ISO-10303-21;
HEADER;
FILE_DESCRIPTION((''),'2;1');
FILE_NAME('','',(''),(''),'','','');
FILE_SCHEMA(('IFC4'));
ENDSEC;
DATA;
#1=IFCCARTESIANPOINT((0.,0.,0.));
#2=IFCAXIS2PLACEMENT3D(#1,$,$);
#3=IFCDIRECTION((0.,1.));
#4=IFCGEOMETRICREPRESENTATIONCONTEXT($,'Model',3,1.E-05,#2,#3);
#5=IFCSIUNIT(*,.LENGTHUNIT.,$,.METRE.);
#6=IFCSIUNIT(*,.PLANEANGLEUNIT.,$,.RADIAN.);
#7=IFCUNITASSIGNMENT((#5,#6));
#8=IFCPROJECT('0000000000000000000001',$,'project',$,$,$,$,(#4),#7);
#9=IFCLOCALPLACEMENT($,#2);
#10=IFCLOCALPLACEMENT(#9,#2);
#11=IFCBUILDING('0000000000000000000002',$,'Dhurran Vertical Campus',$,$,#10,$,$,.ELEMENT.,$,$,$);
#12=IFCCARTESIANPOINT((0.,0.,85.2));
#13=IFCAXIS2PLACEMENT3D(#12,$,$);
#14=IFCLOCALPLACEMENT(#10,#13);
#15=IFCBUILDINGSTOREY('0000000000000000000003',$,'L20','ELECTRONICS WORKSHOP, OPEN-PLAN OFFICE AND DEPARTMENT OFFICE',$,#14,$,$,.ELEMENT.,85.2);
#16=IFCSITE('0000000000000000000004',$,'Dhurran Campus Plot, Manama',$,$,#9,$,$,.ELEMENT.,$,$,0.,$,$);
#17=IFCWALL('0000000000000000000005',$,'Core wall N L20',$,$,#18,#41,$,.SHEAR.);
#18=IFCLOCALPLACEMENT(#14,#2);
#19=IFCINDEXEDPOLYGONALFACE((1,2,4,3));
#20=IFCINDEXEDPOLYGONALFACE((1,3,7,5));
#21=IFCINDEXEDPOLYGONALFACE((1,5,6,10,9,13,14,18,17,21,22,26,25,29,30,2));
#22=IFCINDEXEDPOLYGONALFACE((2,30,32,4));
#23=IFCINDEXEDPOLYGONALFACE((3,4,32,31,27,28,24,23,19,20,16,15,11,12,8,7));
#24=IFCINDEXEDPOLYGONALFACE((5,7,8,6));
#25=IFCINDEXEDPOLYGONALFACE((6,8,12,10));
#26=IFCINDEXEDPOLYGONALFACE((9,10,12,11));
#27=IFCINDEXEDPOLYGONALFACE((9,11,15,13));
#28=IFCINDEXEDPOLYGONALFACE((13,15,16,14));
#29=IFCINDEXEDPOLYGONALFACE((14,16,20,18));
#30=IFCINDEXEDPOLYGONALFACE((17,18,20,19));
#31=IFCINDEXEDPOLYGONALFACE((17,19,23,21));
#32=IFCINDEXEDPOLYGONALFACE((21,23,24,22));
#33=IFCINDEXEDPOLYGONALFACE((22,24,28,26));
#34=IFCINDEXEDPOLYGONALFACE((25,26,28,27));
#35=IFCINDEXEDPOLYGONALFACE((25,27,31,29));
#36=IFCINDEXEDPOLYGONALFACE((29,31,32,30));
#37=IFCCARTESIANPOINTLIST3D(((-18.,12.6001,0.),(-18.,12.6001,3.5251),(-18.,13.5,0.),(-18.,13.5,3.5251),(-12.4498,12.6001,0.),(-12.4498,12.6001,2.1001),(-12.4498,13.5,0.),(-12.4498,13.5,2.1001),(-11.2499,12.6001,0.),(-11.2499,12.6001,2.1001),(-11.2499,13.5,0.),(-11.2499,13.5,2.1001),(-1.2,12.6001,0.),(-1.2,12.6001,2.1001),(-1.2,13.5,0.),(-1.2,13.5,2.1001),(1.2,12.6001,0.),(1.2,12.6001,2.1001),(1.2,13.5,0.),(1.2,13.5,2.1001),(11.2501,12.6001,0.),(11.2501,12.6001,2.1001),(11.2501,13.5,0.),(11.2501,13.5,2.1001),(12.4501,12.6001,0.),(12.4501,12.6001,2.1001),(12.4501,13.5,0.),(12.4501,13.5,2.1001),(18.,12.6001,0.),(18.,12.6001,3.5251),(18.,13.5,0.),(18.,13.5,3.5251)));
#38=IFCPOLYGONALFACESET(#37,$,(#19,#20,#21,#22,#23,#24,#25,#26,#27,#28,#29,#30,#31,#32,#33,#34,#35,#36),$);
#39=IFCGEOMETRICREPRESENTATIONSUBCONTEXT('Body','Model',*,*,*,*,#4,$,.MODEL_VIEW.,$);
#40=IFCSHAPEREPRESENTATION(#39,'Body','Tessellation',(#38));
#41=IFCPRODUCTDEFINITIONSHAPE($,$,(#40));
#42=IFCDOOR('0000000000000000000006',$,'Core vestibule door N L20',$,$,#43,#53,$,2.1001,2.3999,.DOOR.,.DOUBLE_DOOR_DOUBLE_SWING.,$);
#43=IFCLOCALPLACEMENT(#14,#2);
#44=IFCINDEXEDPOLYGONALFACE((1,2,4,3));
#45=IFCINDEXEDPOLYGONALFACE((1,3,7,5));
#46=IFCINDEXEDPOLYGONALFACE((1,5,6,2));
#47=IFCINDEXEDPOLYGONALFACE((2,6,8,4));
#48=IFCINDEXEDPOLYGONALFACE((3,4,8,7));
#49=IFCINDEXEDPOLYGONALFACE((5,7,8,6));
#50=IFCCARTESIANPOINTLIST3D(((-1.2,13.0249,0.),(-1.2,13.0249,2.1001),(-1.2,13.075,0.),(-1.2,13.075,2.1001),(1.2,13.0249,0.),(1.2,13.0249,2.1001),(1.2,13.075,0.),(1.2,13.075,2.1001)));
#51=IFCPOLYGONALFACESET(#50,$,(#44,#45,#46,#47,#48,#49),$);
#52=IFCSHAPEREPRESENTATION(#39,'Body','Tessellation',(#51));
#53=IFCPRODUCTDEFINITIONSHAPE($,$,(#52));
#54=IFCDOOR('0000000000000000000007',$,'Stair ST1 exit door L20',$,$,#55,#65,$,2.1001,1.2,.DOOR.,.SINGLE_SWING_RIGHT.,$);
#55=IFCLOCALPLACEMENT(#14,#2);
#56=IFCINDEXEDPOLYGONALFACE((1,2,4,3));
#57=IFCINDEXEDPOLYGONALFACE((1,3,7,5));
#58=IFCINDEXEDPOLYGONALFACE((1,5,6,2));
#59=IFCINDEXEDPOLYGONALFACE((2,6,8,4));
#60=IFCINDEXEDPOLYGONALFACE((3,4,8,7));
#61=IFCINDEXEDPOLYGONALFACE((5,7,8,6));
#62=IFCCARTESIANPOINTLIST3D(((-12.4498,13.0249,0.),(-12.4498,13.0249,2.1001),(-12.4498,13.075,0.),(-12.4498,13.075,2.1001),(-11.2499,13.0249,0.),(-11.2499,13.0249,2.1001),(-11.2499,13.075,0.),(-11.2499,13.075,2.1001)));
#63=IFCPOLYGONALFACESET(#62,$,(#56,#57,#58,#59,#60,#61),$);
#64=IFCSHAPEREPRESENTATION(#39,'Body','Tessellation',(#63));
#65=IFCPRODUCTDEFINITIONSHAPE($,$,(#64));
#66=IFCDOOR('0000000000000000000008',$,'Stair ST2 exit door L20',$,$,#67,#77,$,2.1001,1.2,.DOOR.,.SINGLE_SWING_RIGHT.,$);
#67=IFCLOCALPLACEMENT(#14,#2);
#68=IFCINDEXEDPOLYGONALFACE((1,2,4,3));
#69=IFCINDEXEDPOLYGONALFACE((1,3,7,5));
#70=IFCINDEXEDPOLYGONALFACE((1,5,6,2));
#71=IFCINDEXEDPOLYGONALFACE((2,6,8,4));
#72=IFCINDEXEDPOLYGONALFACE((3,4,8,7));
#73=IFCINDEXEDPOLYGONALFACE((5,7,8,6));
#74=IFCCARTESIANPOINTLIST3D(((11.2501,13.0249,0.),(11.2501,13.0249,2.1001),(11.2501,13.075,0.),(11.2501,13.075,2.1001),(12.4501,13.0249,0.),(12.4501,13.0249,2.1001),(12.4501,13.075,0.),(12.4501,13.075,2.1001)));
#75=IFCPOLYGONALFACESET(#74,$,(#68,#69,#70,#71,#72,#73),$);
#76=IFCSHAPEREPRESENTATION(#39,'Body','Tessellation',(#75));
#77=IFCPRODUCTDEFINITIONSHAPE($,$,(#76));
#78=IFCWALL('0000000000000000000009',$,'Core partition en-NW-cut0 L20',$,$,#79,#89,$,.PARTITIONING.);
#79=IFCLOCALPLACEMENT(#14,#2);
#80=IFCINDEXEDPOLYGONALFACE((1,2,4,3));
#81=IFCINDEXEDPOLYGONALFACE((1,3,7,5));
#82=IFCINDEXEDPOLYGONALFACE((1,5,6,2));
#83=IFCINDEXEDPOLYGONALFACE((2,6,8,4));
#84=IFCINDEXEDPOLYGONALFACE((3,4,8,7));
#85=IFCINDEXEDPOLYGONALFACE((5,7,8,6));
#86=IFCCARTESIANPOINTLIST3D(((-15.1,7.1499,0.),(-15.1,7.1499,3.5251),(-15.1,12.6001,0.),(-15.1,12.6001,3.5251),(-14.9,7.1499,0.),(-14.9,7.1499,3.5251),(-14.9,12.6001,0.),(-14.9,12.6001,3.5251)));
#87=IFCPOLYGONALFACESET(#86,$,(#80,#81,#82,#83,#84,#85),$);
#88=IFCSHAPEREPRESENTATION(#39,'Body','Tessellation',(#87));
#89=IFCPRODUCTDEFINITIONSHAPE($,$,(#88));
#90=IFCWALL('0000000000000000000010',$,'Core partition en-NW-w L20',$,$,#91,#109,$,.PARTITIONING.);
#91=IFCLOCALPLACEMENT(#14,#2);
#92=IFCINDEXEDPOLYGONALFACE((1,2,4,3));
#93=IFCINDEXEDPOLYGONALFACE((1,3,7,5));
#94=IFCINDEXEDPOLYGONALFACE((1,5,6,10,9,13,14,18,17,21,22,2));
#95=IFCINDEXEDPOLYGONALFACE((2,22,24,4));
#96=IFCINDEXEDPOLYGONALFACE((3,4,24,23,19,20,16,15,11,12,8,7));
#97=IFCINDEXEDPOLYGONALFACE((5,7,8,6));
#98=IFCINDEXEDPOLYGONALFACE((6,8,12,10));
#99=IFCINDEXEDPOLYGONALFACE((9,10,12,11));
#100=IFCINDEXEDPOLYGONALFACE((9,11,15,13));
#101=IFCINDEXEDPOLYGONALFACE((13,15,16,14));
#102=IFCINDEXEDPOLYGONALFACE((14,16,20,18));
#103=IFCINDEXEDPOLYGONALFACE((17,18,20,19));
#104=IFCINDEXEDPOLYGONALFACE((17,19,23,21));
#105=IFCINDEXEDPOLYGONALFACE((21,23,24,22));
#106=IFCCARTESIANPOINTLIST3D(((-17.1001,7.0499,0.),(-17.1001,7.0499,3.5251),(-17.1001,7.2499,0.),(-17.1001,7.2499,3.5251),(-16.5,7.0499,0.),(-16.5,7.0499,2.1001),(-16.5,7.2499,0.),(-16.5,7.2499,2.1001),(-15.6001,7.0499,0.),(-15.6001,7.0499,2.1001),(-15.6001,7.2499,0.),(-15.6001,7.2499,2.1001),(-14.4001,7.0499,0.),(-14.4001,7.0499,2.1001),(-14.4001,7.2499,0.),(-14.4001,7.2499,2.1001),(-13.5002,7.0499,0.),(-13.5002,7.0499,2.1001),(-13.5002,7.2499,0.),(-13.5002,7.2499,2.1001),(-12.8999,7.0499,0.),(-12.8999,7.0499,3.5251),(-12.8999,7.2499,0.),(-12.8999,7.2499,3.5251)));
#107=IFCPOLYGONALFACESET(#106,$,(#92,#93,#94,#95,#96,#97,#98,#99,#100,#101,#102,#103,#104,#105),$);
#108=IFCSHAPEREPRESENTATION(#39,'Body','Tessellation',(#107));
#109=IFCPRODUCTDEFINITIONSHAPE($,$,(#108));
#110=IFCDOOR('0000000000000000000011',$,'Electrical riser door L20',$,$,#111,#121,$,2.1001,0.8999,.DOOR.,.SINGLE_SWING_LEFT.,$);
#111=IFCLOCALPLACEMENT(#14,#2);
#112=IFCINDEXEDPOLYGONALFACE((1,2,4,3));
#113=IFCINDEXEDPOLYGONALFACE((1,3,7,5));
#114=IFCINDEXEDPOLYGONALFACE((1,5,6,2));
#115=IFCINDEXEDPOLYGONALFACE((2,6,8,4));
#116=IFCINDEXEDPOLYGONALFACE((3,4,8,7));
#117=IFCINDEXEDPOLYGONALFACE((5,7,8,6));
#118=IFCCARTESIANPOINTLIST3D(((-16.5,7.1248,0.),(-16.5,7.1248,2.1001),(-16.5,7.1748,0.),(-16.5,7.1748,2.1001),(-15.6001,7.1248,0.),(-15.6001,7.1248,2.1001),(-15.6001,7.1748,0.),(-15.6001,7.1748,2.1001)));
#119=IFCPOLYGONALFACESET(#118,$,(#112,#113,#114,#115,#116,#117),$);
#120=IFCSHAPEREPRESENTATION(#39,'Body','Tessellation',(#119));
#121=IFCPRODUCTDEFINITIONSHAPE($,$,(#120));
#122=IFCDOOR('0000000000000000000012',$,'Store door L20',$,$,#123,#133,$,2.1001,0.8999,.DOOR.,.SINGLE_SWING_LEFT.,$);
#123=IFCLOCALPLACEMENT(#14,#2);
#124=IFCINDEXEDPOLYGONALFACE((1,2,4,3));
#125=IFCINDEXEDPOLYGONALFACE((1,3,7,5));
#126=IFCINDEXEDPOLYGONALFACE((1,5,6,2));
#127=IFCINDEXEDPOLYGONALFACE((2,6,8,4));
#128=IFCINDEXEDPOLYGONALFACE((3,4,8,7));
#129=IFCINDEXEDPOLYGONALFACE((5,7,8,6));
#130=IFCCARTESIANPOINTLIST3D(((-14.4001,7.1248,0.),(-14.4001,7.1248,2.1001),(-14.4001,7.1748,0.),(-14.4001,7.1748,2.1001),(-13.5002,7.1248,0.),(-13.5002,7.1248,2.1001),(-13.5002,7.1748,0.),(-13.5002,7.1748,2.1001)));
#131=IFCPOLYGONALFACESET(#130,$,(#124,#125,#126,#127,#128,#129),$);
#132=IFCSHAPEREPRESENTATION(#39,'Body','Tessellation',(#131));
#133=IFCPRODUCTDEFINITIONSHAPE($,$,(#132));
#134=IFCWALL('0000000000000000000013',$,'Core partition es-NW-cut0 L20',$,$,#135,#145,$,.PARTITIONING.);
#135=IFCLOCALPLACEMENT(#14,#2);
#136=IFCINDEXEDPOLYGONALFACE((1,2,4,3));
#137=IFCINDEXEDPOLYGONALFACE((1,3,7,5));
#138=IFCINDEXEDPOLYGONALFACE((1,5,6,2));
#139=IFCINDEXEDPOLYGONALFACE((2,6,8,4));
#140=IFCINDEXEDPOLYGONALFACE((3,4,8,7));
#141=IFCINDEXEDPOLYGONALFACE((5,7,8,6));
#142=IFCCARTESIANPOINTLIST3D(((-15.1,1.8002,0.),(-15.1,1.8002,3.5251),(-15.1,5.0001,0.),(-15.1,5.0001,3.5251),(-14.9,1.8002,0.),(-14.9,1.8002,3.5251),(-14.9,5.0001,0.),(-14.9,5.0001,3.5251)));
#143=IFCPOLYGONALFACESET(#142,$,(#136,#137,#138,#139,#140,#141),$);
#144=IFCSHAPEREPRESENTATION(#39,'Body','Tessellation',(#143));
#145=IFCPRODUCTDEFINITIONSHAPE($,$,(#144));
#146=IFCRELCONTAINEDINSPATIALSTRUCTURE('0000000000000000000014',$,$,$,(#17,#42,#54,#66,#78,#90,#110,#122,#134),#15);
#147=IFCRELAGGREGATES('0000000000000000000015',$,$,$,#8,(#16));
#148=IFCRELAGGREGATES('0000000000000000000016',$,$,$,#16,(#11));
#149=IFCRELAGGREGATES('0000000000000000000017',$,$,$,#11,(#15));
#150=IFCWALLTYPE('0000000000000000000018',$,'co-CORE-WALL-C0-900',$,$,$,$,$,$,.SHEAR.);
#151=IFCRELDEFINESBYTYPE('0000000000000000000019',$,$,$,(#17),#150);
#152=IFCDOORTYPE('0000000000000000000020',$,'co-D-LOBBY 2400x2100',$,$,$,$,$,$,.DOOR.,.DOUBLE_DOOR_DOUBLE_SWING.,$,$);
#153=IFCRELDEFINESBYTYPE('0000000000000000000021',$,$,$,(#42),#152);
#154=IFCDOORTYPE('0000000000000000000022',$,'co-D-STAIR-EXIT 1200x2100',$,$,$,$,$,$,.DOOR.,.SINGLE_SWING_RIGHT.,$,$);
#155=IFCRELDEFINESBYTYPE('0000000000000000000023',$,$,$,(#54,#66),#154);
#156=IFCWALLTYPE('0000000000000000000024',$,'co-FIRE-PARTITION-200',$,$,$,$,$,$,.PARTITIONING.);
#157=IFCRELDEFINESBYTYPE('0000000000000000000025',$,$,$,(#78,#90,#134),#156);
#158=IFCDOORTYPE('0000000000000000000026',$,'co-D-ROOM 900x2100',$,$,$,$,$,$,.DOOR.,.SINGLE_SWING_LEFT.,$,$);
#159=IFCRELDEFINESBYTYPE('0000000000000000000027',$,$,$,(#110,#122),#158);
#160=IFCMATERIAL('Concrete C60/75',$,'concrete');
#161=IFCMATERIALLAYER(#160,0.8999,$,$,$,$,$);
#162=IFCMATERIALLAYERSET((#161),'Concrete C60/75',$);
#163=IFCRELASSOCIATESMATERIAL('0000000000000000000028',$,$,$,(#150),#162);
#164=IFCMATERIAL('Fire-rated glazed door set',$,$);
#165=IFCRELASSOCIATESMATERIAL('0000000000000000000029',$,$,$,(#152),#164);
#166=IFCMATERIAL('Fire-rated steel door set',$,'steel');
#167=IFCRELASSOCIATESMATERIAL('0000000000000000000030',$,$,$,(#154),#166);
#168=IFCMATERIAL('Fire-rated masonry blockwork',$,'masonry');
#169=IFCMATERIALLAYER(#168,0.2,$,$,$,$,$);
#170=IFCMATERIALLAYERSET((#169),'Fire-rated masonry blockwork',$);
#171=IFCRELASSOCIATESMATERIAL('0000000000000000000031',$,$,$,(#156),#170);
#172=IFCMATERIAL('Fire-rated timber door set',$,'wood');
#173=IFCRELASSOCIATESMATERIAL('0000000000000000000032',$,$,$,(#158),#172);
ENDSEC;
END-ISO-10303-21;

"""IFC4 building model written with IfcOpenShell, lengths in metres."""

from ifc_helpers import new_model, si_unit, direction, frame, frame_2d, origin, place, context, subcontext, project, spatial, rectangle, extrude, material, layer, layer_set, type_object, element, fill, save


model = new_model("IFC4")

# Units and contexts
model_context = context("Model", 3, precision=1e-05, world=origin(), true_north=direction((0.0, 1.0)))
body_context = subcontext(model_context, "Body", "Model", "MODEL_VIEW")
ifc_project = project(units=[si_unit("LENGTHUNIT", "METRE"), si_unit("PLANEANGLEUNIT", "RADIAN")], contexts=[model_context])

# Site, building, storey
site_placement = place(None, origin())
site = spatial("IfcSite", under=ifc_project, at=site_placement, Name="Dhurran Campus Plot, Manama", CompositionType="ELEMENT", RefElevation=0.0)
building_placement = place(site_placement, origin())
building = spatial("IfcBuilding", under=site, at=building_placement, Name="Dhurran Vertical Campus", CompositionType="ELEMENT")
storey_placement = place(building_placement, frame((0.0, 0.0, 85.2)))
storey = spatial("IfcBuildingStorey", under=building, at=storey_placement, Name="L20", Description="ELECTRONICS WORKSHOP, OPEN-PLAN OFFICE AND DEPARTMENT OFFICE", CompositionType="ELEMENT", Elevation=85.2)

# Wall, openings, doors
ifc_material_1 = material(Name="Concrete C60/75", Category="concrete")
ifc_layer_1 = layer(ifc_material_1, 0.8999)
ifc_layer_set_1 = layer_set([ifc_layer_1], Name="Concrete C60/75")
wall_type_1 = type_object("IfcWallType", Name="co-CORE-WALL-C0-900", PredefinedType="SHEAR", material=ifc_layer_set_1)
wall_1_placement = place(storey_placement, frame((-18.0, 13.05, 0.0), z_axis=(0.0, 0.0, 1.0), x_axis=(1.0, 0.0, 0.0)))
wall_1 = element("IfcWall", 1, at=wall_1_placement, inside=storey, type_object=wall_type_1, Name="Core wall N L20", PredefinedType="SHEAR", context=body_context, shape_type="SweptSolid", body=[
    extrude(rectangle(XDim=36.0, YDim=0.8999, at=frame_2d((18.0, 0.0))), origin(), (0.0, 0.0, 1.0), 3.5251),
])
opening_1_placement = place(wall_1_placement, frame((16.8, 0.0, 0.0)))
opening_1 = element("IfcOpeningElement", 2, at=opening_1_placement, cuts=wall_1, PredefinedType="OPENING", context=body_context, shape_type="SweptSolid", body=[
    extrude(rectangle(XDim=2.3999, YDim=2.1001, at=frame_2d((1.2, 1.05))), frame((0.0, 0.46, 0.0), z_axis=(0.0, -1.0, 0.0), x_axis=(1.0, 0.0, 0.0)), (0.0, 0.0, 1.0), 0.9199),
])
opening_2_placement = place(wall_1_placement, frame((5.55, 0.0, 0.0)))
opening_2 = element("IfcOpeningElement", 3, at=opening_2_placement, cuts=wall_1, PredefinedType="OPENING", context=body_context, shape_type="SweptSolid", body=[
    extrude(rectangle(XDim=1.2, YDim=2.1001, at=frame_2d((0.6001, 1.05))), frame((0.0, 0.46, 0.0), z_axis=(0.0, -1.0, 0.0), x_axis=(1.0, 0.0, 0.0)), (0.0, 0.0, 1.0), 0.9199),
])
opening_3_placement = place(wall_1_placement, frame((29.25, 0.0, 0.0)))
opening_3 = element("IfcOpeningElement", 4, at=opening_3_placement, cuts=wall_1, PredefinedType="OPENING", context=body_context, shape_type="SweptSolid", body=[
    extrude(rectangle(XDim=1.2, YDim=2.1001, at=frame_2d((0.6001, 1.05))), frame((0.0, 0.46, 0.0), z_axis=(0.0, -1.0, 0.0), x_axis=(1.0, 0.0, 0.0)), (0.0, 0.0, 1.0), 0.9199),
])
ifc_material_2 = material(Name="Fire-rated glazed door set")
door_type_1 = type_object("IfcDoorType", Name="co-D-LOBBY 2400x2100", OperationType="DOUBLE_DOOR_DOUBLE_SWING", PredefinedType="DOOR", material=ifc_material_2)
door_1_placement = place(opening_1_placement, origin())
door_1 = element("IfcDoor", 5, at=door_1_placement, inside=storey, type_object=door_type_1, Name="Core vestibule door N L20", OperationType="DOUBLE_DOOR_DOUBLE_SWING", OverallHeight=2.1001, OverallWidth=2.3999, PredefinedType="DOOR", context=body_context, shape_type="SweptSolid", body=[
    extrude(rectangle(XDim=2.3999, YDim=2.1001, at=frame_2d((1.2, 1.05))), frame((0.0, 0.0249, 0.0), z_axis=(0.0, -1.0, 0.0), x_axis=(1.0, 0.0, 0.0)), (0.0, 0.0, 1.0), 0.05),
])
fill(opening_1, door_1)
ifc_material_3 = material(Name="Fire-rated steel door set", Category="steel")
door_type_2 = type_object("IfcDoorType", Name="co-D-STAIR-EXIT 1200x2100", OperationType="SINGLE_SWING_RIGHT", PredefinedType="DOOR", material=ifc_material_3)
door_2_placement = place(opening_2_placement, origin())
door_2 = element("IfcDoor", 6, at=door_2_placement, inside=storey, type_object=door_type_2, Name="Stair ST1 exit door L20", OperationType="SINGLE_SWING_RIGHT", OverallHeight=2.1001, OverallWidth=1.2, PredefinedType="DOOR", context=body_context, shape_type="SweptSolid", body=[
    extrude(rectangle(XDim=1.2, YDim=2.1001, at=frame_2d((0.6001, 1.05))), frame((0.0, 0.0249, 0.0), z_axis=(0.0, -1.0, 0.0), x_axis=(1.0, 0.0, 0.0)), (0.0, 0.0, 1.0), 0.05),
])
fill(opening_2, door_2)
door_3_placement = place(opening_3_placement, origin())
door_3 = element("IfcDoor", 7, at=door_3_placement, inside=storey, type_object=door_type_2, Name="Stair ST2 exit door L20", OperationType="SINGLE_SWING_RIGHT", OverallHeight=2.1001, OverallWidth=1.2, PredefinedType="DOOR", context=body_context, shape_type="SweptSolid", body=[
    extrude(rectangle(XDim=1.2, YDim=2.1001, at=frame_2d((0.6001, 1.05))), frame((0.0, 0.0249, 0.0), z_axis=(0.0, -1.0, 0.0), x_axis=(1.0, 0.0, 0.0)), (0.0, 0.0, 1.0), 0.05),
])
fill(opening_3, door_3)

# Wall
ifc_material_4 = material(Name="Fire-rated masonry blockwork", Category="masonry")
ifc_layer_2 = layer(ifc_material_4, 0.2)
ifc_layer_set_2 = layer_set([ifc_layer_2], Name="Fire-rated masonry blockwork")
wall_type_2 = type_object("IfcWallType", Name="co-FIRE-PARTITION-200", PredefinedType="PARTITIONING", material=ifc_layer_set_2)
wall_2_placement = place(storey_placement, frame((-15.0, 7.1499, 0.0), z_axis=(0.0, 0.0, 1.0), x_axis=(0.0, 1.0, 0.0)))
element("IfcWall", 8, at=wall_2_placement, inside=storey, type_object=wall_type_2, Name="Core partition en-NW-cut0 L20", PredefinedType="PARTITIONING", context=body_context, shape_type="SweptSolid", body=[
    extrude(rectangle(XDim=5.4502, YDim=0.2, at=frame_2d((2.7251, 0.0))), origin(), (0.0, 0.0, 1.0), 3.5251),
])

# Wall, openings, doors
wall_3_placement = place(storey_placement, frame((-17.1001, 7.1499, 0.0), z_axis=(0.0, 0.0, 1.0), x_axis=(1.0, 0.0, 0.0)))
wall_3 = element("IfcWall", 9, at=wall_3_placement, inside=storey, type_object=wall_type_2, Name="Core partition en-NW-w L20", PredefinedType="PARTITIONING", context=body_context, shape_type="SweptSolid", body=[
    extrude(rectangle(XDim=4.2002, YDim=0.2, at=frame_2d((2.1001, 0.0))), origin(), (0.0, 0.0, 1.0), 3.5251),
])
opening_4_placement = place(wall_3_placement, frame((0.6001, 0.0, 0.0)))
opening_4 = element("IfcOpeningElement", 10, at=opening_4_placement, cuts=wall_3, PredefinedType="OPENING", context=body_context, shape_type="SweptSolid", body=[
    extrude(rectangle(XDim=0.8999, YDim=2.1001, at=frame_2d((0.45, 1.05))), frame((0.0, 0.1099, 0.0), z_axis=(0.0, -1.0, 0.0), x_axis=(1.0, 0.0, 0.0)), (0.0, 0.0, 1.0), 0.22),
])
opening_5_placement = place(wall_3_placement, frame((2.7, 0.0, 0.0)))
opening_5 = element("IfcOpeningElement", 11, at=opening_5_placement, cuts=wall_3, PredefinedType="OPENING", context=body_context, shape_type="SweptSolid", body=[
    extrude(rectangle(XDim=0.8999, YDim=2.1001, at=frame_2d((0.45, 1.05))), frame((0.0, 0.1099, 0.0), z_axis=(0.0, -1.0, 0.0), x_axis=(1.0, 0.0, 0.0)), (0.0, 0.0, 1.0), 0.22),
])
ifc_material_5 = material(Name="Fire-rated timber door set", Category="wood")
door_type_3 = type_object("IfcDoorType", Name="co-D-ROOM 900x2100", OperationType="SINGLE_SWING_LEFT", PredefinedType="DOOR", material=ifc_material_5)
door_4_placement = place(opening_4_placement, origin())
door_4 = element("IfcDoor", 12, at=door_4_placement, inside=storey, type_object=door_type_3, Name="Electrical riser door L20", OperationType="SINGLE_SWING_LEFT", OverallHeight=2.1001, OverallWidth=0.8999, PredefinedType="DOOR", context=body_context, shape_type="SweptSolid", body=[
    extrude(rectangle(XDim=0.8999, YDim=2.1001, at=frame_2d((0.45, 1.05))), frame((0.0, 0.0249, 0.0), z_axis=(0.0, -1.0, 0.0), x_axis=(1.0, 0.0, 0.0)), (0.0, 0.0, 1.0), 0.05),
])
fill(opening_4, door_4)
door_5_placement = place(opening_5_placement, origin())
door_5 = element("IfcDoor", 13, at=door_5_placement, inside=storey, type_object=door_type_3, Name="Store door L20", OperationType="SINGLE_SWING_LEFT", OverallHeight=2.1001, OverallWidth=0.8999, PredefinedType="DOOR", context=body_context, shape_type="SweptSolid", body=[
    extrude(rectangle(XDim=0.8999, YDim=2.1001, at=frame_2d((0.45, 1.05))), frame((0.0, 0.0249, 0.0), z_axis=(0.0, -1.0, 0.0), x_axis=(1.0, 0.0, 0.0)), (0.0, 0.0, 1.0), 0.05),
])
fill(opening_5, door_5)

# Wall
wall_4_placement = place(storey_placement, frame((-15.0, 1.8, 0.0), z_axis=(0.0, 0.0, 1.0), x_axis=(0.0, 1.0, 0.0)))
element("IfcWall", 14, at=wall_4_placement, inside=storey, type_object=wall_type_2, Name="Core partition es-NW-cut0 L20", PredefinedType="PARTITIONING", context=body_context, shape_type="SweptSolid", body=[
    extrude(rectangle(XDim=3.2, YDim=0.2, at=frame_2d((1.6001, 0.0))), origin(), (0.0, 0.0, 1.0), 3.5251),
])

save(model, "model.ifc")
